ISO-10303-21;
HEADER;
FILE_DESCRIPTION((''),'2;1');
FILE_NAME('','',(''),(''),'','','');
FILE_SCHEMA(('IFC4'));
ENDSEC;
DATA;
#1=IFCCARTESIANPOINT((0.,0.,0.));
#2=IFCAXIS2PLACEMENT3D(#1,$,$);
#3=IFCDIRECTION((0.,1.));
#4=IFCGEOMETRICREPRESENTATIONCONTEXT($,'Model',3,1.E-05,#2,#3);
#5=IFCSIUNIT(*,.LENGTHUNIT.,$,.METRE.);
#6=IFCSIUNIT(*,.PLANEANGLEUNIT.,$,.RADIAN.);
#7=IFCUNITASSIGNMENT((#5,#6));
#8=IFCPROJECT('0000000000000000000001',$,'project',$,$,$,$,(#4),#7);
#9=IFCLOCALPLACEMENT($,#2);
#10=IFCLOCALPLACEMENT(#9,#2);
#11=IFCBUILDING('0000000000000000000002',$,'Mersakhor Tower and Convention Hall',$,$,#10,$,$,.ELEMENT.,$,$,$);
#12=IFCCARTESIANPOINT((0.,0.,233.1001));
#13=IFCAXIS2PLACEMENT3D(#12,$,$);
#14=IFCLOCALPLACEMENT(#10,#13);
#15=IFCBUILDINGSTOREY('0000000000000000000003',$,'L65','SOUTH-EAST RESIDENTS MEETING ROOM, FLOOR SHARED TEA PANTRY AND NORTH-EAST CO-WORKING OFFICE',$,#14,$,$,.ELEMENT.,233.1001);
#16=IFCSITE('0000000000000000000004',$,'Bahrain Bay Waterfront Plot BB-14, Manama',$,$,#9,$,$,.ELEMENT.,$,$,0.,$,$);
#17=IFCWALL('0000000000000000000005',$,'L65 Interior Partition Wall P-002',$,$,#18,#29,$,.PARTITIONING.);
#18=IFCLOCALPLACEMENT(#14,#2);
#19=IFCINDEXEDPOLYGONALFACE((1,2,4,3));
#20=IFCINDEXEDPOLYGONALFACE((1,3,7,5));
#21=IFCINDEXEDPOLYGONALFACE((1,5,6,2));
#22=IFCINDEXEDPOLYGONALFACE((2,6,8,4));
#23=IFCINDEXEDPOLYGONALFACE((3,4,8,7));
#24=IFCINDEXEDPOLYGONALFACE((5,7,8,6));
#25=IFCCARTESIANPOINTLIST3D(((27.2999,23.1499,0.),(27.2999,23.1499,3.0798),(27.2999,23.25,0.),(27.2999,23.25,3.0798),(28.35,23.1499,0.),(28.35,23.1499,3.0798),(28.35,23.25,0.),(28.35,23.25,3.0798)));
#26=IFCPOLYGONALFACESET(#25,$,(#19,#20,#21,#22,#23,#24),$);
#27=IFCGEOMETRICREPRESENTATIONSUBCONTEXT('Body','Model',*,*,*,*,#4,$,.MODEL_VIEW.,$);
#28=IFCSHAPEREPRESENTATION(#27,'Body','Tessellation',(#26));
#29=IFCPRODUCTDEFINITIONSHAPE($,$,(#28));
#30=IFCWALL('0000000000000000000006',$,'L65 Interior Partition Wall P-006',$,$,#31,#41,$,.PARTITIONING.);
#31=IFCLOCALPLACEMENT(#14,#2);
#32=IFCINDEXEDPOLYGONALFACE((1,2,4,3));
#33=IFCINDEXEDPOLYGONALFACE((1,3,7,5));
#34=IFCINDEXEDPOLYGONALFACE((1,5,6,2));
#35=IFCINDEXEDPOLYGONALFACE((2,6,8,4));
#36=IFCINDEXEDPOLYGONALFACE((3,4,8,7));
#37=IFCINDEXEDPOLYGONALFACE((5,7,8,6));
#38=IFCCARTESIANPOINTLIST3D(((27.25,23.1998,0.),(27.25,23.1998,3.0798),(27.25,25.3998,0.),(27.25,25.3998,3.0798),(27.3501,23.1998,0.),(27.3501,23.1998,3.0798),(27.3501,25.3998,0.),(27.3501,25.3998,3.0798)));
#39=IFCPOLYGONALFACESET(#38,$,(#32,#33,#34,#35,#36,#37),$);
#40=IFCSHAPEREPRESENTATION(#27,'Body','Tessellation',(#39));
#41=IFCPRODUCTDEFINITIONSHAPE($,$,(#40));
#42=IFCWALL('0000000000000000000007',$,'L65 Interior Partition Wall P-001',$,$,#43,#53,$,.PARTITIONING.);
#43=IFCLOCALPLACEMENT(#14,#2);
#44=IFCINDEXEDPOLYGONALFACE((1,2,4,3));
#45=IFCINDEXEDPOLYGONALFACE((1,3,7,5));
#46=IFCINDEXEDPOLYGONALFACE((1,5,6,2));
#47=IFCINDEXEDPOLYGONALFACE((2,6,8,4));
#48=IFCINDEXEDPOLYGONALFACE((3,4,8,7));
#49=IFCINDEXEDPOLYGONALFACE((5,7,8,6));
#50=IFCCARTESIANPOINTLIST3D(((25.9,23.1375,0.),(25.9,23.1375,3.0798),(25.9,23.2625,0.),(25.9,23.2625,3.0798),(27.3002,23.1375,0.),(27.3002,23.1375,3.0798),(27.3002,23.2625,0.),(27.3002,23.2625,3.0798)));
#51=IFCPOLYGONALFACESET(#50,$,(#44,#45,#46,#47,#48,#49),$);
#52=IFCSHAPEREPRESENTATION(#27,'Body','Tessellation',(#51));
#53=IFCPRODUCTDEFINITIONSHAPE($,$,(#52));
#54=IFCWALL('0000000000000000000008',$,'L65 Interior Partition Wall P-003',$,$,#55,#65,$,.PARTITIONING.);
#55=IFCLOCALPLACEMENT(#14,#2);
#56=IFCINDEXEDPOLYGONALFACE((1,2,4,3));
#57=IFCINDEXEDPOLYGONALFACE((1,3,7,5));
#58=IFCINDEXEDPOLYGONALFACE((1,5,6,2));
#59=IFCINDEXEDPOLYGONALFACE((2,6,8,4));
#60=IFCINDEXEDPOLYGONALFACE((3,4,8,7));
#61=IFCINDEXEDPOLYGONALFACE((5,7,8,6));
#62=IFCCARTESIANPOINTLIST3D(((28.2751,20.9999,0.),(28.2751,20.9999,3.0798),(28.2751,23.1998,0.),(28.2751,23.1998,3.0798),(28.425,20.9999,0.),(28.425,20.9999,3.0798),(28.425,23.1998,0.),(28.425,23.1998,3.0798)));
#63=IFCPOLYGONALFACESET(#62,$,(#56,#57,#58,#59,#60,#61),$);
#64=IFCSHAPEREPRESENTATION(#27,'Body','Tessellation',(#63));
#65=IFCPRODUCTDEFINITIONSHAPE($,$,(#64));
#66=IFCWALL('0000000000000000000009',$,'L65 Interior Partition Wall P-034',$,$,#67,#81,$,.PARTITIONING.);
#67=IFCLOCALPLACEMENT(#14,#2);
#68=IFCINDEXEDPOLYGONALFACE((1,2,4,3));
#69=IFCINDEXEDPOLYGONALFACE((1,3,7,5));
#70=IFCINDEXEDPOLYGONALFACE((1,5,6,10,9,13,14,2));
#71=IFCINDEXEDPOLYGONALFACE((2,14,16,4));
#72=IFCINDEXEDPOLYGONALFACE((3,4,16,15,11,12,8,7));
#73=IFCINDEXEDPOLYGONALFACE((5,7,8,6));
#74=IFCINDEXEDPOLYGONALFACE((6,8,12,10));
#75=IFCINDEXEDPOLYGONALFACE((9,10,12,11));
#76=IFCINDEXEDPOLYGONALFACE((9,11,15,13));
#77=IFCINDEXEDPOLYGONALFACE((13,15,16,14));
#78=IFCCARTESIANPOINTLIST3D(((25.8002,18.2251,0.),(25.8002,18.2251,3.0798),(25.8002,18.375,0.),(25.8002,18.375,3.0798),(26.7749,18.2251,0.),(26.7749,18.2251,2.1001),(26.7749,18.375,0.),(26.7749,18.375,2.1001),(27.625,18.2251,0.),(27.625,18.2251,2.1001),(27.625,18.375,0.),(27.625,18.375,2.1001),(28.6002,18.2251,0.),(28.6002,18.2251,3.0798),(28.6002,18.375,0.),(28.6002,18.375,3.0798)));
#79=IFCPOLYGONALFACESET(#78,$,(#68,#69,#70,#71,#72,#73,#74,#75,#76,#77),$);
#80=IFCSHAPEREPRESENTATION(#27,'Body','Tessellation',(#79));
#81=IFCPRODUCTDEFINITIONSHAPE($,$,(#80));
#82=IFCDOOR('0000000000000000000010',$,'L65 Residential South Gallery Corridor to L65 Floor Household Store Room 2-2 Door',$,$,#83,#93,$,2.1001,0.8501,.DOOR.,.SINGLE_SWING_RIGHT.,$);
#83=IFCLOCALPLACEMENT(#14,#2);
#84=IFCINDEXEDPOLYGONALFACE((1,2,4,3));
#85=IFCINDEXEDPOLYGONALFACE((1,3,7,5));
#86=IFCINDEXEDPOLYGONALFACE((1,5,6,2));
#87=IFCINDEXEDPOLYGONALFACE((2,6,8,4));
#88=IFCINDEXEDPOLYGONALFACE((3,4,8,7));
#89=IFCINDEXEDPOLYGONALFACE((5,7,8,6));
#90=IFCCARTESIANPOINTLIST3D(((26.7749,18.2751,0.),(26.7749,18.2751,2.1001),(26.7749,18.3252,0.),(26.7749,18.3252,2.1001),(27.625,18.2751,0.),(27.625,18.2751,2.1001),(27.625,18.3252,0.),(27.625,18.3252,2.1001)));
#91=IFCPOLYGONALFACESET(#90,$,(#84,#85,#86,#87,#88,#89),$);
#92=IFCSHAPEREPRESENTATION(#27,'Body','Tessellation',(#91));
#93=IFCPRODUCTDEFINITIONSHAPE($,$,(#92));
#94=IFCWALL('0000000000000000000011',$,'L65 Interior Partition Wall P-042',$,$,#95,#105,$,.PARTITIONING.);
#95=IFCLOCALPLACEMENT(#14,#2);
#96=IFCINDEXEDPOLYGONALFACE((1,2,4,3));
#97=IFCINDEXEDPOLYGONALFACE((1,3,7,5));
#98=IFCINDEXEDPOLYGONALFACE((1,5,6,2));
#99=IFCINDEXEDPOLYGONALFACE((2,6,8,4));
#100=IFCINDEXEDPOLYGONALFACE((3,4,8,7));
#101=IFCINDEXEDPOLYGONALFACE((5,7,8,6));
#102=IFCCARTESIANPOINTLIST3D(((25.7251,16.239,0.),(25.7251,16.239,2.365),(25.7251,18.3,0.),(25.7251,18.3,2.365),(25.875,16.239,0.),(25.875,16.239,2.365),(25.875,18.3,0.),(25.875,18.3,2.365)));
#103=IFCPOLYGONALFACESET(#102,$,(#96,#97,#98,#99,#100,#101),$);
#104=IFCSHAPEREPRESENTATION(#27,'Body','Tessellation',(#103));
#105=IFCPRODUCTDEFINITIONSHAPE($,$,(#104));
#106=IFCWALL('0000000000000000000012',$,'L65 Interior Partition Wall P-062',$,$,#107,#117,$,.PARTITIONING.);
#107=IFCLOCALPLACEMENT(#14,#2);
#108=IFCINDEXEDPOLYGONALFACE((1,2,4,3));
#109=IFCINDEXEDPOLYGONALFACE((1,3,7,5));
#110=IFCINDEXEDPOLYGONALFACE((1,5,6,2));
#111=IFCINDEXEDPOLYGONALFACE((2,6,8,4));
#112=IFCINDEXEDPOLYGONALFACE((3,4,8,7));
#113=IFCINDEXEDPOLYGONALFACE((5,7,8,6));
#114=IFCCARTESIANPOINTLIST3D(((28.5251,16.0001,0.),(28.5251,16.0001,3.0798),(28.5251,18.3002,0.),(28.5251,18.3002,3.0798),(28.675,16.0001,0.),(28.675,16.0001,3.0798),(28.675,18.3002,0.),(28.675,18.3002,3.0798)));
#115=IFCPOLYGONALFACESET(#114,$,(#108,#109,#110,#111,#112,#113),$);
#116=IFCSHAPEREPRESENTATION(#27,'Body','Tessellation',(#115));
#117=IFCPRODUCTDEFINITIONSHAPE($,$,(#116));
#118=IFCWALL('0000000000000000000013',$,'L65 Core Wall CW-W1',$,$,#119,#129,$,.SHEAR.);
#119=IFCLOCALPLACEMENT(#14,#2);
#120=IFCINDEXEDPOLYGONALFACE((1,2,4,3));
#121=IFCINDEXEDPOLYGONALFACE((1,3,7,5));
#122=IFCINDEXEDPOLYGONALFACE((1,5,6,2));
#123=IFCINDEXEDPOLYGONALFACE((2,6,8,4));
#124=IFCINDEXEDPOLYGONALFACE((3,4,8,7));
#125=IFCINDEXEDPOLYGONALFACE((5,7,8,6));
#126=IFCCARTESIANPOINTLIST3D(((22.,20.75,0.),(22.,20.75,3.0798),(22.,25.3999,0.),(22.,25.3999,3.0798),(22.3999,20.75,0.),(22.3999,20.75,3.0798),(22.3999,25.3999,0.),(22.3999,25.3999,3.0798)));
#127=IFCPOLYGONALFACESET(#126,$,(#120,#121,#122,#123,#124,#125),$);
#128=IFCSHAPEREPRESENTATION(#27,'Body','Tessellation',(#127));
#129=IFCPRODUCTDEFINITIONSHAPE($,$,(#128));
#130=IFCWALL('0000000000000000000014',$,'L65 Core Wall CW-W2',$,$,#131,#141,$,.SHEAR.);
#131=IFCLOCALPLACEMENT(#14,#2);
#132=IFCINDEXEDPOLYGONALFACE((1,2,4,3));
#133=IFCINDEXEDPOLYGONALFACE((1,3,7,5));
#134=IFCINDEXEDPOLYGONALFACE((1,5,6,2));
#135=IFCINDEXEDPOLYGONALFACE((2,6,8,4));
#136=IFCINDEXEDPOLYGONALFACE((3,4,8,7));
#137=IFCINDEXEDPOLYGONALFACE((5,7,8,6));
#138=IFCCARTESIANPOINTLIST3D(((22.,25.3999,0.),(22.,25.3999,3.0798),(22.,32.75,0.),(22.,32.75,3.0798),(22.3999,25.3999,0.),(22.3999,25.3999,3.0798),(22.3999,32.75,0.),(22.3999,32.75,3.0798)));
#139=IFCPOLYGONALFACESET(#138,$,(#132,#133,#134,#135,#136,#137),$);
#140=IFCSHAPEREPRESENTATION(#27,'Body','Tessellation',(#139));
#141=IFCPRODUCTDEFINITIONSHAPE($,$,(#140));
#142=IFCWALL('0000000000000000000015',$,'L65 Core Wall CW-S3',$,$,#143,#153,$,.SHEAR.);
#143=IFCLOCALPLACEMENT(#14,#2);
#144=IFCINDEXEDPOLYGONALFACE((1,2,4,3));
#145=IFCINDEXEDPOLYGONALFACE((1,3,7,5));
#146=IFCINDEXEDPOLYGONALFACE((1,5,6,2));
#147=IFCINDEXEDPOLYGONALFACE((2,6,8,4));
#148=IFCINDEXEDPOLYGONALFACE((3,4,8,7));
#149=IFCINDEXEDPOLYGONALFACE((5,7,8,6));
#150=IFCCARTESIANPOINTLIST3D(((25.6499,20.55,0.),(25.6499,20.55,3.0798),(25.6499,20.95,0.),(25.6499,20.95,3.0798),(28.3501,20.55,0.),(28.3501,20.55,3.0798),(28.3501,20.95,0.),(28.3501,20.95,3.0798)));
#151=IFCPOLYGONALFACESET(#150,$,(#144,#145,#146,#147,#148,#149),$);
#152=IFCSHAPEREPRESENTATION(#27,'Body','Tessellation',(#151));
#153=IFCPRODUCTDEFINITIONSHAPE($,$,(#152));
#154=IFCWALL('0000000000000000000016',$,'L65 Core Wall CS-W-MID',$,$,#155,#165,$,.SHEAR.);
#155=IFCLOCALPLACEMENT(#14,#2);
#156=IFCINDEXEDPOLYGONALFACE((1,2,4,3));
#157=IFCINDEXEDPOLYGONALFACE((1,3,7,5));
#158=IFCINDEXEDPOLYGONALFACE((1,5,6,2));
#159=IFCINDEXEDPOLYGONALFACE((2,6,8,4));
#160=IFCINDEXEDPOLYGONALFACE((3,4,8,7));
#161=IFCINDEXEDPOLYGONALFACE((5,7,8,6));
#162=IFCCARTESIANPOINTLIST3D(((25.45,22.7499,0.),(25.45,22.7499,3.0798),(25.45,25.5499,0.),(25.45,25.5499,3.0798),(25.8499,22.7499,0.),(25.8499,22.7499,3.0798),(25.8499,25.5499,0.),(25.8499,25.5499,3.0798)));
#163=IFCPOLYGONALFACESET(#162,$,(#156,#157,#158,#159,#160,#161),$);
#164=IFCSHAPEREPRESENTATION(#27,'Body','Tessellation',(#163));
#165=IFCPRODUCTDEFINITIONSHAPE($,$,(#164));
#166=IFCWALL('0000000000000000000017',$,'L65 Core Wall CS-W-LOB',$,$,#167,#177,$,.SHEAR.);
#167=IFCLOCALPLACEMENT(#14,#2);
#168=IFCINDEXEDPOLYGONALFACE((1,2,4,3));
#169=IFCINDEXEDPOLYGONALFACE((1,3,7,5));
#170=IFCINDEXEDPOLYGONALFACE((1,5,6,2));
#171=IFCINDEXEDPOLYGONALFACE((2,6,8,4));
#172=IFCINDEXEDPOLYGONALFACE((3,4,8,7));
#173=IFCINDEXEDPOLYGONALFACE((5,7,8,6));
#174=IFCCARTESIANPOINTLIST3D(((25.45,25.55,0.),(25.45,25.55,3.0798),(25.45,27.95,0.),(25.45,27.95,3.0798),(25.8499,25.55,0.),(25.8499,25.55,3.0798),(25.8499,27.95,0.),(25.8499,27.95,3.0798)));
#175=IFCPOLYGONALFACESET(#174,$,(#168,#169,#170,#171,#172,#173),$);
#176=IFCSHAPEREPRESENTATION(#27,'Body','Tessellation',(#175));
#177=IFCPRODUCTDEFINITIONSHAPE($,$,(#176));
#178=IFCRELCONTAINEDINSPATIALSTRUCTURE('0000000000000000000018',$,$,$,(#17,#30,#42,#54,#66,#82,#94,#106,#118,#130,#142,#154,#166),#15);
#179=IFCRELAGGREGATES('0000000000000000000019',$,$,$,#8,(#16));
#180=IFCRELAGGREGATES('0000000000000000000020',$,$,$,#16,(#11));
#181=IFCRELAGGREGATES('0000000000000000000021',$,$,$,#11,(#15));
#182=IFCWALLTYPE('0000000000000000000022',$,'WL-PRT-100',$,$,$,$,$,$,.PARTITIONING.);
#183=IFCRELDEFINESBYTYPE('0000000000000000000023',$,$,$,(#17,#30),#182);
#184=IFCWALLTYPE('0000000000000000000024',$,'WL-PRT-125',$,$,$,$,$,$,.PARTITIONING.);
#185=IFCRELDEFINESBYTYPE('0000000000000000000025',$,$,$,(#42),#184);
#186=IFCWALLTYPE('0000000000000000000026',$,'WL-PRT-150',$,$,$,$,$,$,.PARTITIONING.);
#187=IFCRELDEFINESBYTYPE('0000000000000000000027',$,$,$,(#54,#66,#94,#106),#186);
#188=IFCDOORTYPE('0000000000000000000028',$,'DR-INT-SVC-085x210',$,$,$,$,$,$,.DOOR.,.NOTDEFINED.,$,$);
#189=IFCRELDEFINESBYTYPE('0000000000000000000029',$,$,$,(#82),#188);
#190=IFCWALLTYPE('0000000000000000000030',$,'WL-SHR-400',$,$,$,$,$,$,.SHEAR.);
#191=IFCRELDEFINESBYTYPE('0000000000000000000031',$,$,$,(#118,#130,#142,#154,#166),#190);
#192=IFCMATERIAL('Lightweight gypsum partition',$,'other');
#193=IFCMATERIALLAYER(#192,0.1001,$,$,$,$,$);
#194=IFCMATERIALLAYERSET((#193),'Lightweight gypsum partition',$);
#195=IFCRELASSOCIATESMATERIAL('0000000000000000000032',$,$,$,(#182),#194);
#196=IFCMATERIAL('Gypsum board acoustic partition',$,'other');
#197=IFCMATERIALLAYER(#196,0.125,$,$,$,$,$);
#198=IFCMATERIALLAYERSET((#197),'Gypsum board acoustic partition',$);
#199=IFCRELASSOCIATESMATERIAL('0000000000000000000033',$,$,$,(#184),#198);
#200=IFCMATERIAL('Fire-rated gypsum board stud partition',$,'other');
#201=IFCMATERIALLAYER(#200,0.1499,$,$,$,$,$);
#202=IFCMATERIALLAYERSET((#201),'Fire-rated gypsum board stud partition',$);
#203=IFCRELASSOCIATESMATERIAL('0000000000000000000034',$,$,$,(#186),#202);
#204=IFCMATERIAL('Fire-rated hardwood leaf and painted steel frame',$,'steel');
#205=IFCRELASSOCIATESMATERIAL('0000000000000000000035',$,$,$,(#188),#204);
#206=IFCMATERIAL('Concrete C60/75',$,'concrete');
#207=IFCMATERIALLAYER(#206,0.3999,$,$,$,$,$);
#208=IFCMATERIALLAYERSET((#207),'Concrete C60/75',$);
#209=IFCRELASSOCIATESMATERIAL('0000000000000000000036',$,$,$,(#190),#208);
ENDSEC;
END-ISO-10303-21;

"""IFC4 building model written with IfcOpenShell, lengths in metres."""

from ifc_helpers import new_model, si_unit, direction, frame, frame_2d, origin, place, context, subcontext, project, spatial, rectangle, extrude, material, layer, layer_set, type_object, element, fill, save


model = new_model("IFC4")

# Units and contexts
model_context = context("Model", 3, precision=1e-05, world=origin(), true_north=direction((0.0, 1.0)))
body_context = subcontext(model_context, "Body", "Model", "MODEL_VIEW")
ifc_project = project(units=[si_unit("LENGTHUNIT", "METRE"), si_unit("PLANEANGLEUNIT", "RADIAN")], contexts=[model_context])

# Site, building, storey
site_placement = place(None, origin())
site = spatial("IfcSite", under=ifc_project, at=site_placement, Name="Bahrain Bay Waterfront Plot BB-14, Manama", CompositionType="ELEMENT", RefElevation=0.0)
building_placement = place(site_placement, origin())
building = spatial("IfcBuilding", under=site, at=building_placement, Name="Mersakhor Tower and Convention Hall", CompositionType="ELEMENT")
storey_placement = place(building_placement, frame((0.0, 0.0, 233.1001)))
storey = spatial("IfcBuildingStorey", under=building, at=storey_placement, Name="L65", Description="SOUTH-EAST RESIDENTS MEETING ROOM, FLOOR SHARED TEA PANTRY AND NORTH-EAST CO-WORKING OFFICE", CompositionType="ELEMENT", Elevation=233.1001)

# Walls
ifc_material_1 = material(Name="Lightweight gypsum partition", Category="other")
ifc_layer_1 = layer(ifc_material_1, 0.1001)
ifc_layer_set_1 = layer_set([ifc_layer_1], Name="Lightweight gypsum partition")
wall_type_1 = type_object("IfcWallType", Name="WL-PRT-100", PredefinedType="PARTITIONING", material=ifc_layer_set_1)
wall_1_placement = place(storey_placement, frame((27.3, 23.2, 0.0), z_axis=(0.0, 0.0, 1.0), x_axis=(1.0, 0.0, 0.0)))
element("IfcWall", 1, at=wall_1_placement, inside=storey, type_object=wall_type_1, Name="L65 Interior Partition Wall P-002", PredefinedType="PARTITIONING", context=body_context, shape_type="SweptSolid", body=[
    extrude(rectangle(XDim=1.05, YDim=0.1001, at=frame_2d((0.5249, 0.0))), origin(), (0.0, 0.0, 1.0), 3.0798),
])
wall_2_placement = place(storey_placement, frame((27.3, 25.3999, 0.0), z_axis=(0.0, 0.0, 1.0), x_axis=(0.0, -1.0, 0.0)))
element("IfcWall", 2, at=wall_2_placement, inside=storey, type_object=wall_type_1, Name="L65 Interior Partition Wall P-006", PredefinedType="PARTITIONING", context=body_context, shape_type="SweptSolid", body=[
    extrude(rectangle(XDim=2.2, YDim=0.1001, at=frame_2d((1.1001, 0.0))), origin(), (0.0, 0.0, 1.0), 3.0798),
])
ifc_material_2 = material(Name="Gypsum board acoustic partition", Category="other")
ifc_layer_2 = layer(ifc_material_2, 0.125)
ifc_layer_set_2 = layer_set([ifc_layer_2], Name="Gypsum board acoustic partition")
wall_type_2 = type_object("IfcWallType", Name="WL-PRT-125", PredefinedType="PARTITIONING", material=ifc_layer_set_2)
wall_3_placement = place(storey_placement, frame((25.8999, 23.2, 0.0), z_axis=(0.0, 0.0, 1.0), x_axis=(1.0, 0.0, 0.0)))
element("IfcWall", 3, at=wall_3_placement, inside=storey, type_object=wall_type_2, Name="L65 Interior Partition Wall P-001", PredefinedType="PARTITIONING", context=body_context, shape_type="SweptSolid", body=[
    extrude(rectangle(XDim=1.4001, YDim=0.125, at=frame_2d((0.7002, 0.0))), origin(), (0.0, 0.0, 1.0), 3.0798),
])
ifc_material_3 = material(Name="Fire-rated gypsum board stud partition", Category="other")
ifc_layer_3 = layer(ifc_material_3, 0.1499)
ifc_layer_set_3 = layer_set([ifc_layer_3], Name="Fire-rated gypsum board stud partition")
wall_type_3 = type_object("IfcWallType", Name="WL-PRT-150", PredefinedType="PARTITIONING", material=ifc_layer_set_3)
wall_4_placement = place(storey_placement, frame((28.3501, 23.2, 0.0), z_axis=(0.0, 0.0, 1.0), x_axis=(0.0, -1.0, 0.0)))
element("IfcWall", 4, at=wall_4_placement, inside=storey, type_object=wall_type_3, Name="L65 Interior Partition Wall P-003", PredefinedType="PARTITIONING", context=body_context, shape_type="SweptSolid", body=[
    extrude(rectangle(XDim=2.2, YDim=0.1499, at=frame_2d((1.1001, 0.0))), origin(), (0.0, 0.0, 1.0), 3.0798),
])

# Wall, opening, door
wall_5_placement = place(storey_placement, frame((28.6001, 18.3, 0.0), z_axis=(0.0, 0.0, 1.0), x_axis=(-1.0, 0.0, 0.0)))
wall_5 = element("IfcWall", 5, at=wall_5_placement, inside=storey, type_object=wall_type_3, Name="L65 Interior Partition Wall P-034", PredefinedType="PARTITIONING", context=body_context, shape_type="SweptSolid", body=[
    extrude(rectangle(XDim=2.8, YDim=0.1499, at=frame_2d((1.3999, 0.0))), origin(), (0.0, 0.0, 1.0), 3.0798),
])
opening_1_placement = place(wall_5_placement, frame((0.9751, 0.0, 0.0)))
opening_1 = element("IfcOpeningElement", 6, at=opening_1_placement, cuts=wall_5, PredefinedType="OPENING", context=body_context, shape_type="SweptSolid", body=[
    extrude(rectangle(XDim=0.8501, YDim=2.1001, at=frame_2d((0.425, 1.05))), frame((0.0, 0.085, 0.0), z_axis=(0.0, -1.0, 0.0), x_axis=(1.0, 0.0, 0.0)), (0.0, 0.0, 1.0), 0.1699),
])
ifc_material_4 = material(Name="Fire-rated hardwood leaf and painted steel frame", Category="steel")
door_type_1 = type_object("IfcDoorType", Name="DR-INT-SVC-085x210", OperationType="NOTDEFINED", PredefinedType="DOOR", material=ifc_material_4)
door_1_placement = place(opening_1_placement, origin())
door_1 = element("IfcDoor", 7, at=door_1_placement, inside=storey, type_object=door_type_1, Name="L65 Residential South Gallery Corridor to L65 Floor Household Store Room 2-2 Door", OperationType="SINGLE_SWING_RIGHT", OverallHeight=2.1001, OverallWidth=0.8501, PredefinedType="DOOR", context=body_context, shape_type="SweptSolid", body=[
    extrude(rectangle(XDim=0.8501, YDim=2.1001, at=frame_2d((0.425, 1.05))), frame((0.0, 0.0249, 0.0), z_axis=(0.0, -1.0, 0.0), x_axis=(1.0, 0.0, 0.0)), (0.0, 0.0, 1.0), 0.05),
])
fill(opening_1, door_1)

# Walls
wall_6_placement = place(storey_placement, frame((25.8, 18.3, 0.0), z_axis=(0.0, 0.0, 1.0), x_axis=(0.0, -1.0, 0.0)))
element("IfcWall", 8, at=wall_6_placement, inside=storey, type_object=wall_type_3, Name="L65 Interior Partition Wall P-042", PredefinedType="PARTITIONING", context=body_context, shape_type="SweptSolid", body=[
    extrude(rectangle(XDim=2.061, YDim=0.1499, at=frame_2d((1.0305, 0.0))), origin(), (0.0, 0.0, 1.0), 2.365),
])
wall_7_placement = place(storey_placement, frame((28.6001, 18.3, 0.0), z_axis=(0.0, 0.0, 1.0), x_axis=(0.0, -1.0, 0.0)))
element("IfcWall", 9, at=wall_7_placement, inside=storey, type_object=wall_type_3, Name="L65 Interior Partition Wall P-062", PredefinedType="PARTITIONING", context=body_context, shape_type="SweptSolid", body=[
    extrude(rectangle(XDim=2.3, YDim=0.1499, at=frame_2d((1.1499, 0.0))), origin(), (0.0, 0.0, 1.0), 3.0798),
])

# Walls
ifc_material_5 = material(Name="Concrete C60/75", Category="concrete")
ifc_layer_4 = layer(ifc_material_5, 0.3999)
ifc_layer_set_4 = layer_set([ifc_layer_4], Name="Concrete C60/75")
wall_type_4 = type_object("IfcWallType", Name="WL-SHR-400", PredefinedType="SHEAR", material=ifc_layer_set_4)
wall_8_placement = place(storey_placement, frame((22.2, 20.75, 0.0), z_axis=(0.0, 0.0, 1.0), x_axis=(0.0, 1.0, 0.0)))
element("IfcWall", 10, at=wall_8_placement, inside=storey, type_object=wall_type_4, Name="L65 Core Wall CW-W1", PredefinedType="SHEAR", context=body_context, shape_type="SweptSolid", body=[
    extrude(rectangle(XDim=4.6499, YDim=0.3999, at=frame_2d((2.325, 0.0))), origin(), (0.0, 0.0, 1.0), 3.0798),
])
wall_9_placement = place(storey_placement, frame((22.2, 25.3999, 0.0), z_axis=(0.0, 0.0, 1.0), x_axis=(0.0, 1.0, 0.0)))
element("IfcWall", 11, at=wall_9_placement, inside=storey, type_object=wall_type_4, Name="L65 Core Wall CW-W2", PredefinedType="SHEAR", context=body_context, shape_type="SweptSolid", body=[
    extrude(rectangle(XDim=7.3501, YDim=0.3999, at=frame_2d((3.675, 0.0))), origin(), (0.0, 0.0, 1.0), 3.0798),
])
wall_10_placement = place(storey_placement, frame((28.3501, 20.75, 0.0), z_axis=(0.0, 0.0, 1.0), x_axis=(-1.0, 0.0, 0.0)))
element("IfcWall", 12, at=wall_10_placement, inside=storey, type_object=wall_type_4, Name="L65 Core Wall CW-S3", PredefinedType="SHEAR", context=body_context, shape_type="SweptSolid", body=[
    extrude(rectangle(XDim=2.7002, YDim=0.3999, at=frame_2d((1.3501, 0.0))), origin(), (0.0, 0.0, 1.0), 3.0798),
])

# Walls
wall_11_placement = place(storey_placement, frame((25.6499, 22.75, 0.0), z_axis=(0.0, 0.0, 1.0), x_axis=(0.0, 1.0, 0.0)))
element("IfcWall", 13, at=wall_11_placement, inside=storey, type_object=wall_type_4, Name="L65 Core Wall CS-W-MID", PredefinedType="SHEAR", context=body_context, shape_type="SweptSolid", body=[
    extrude(rectangle(XDim=2.8, YDim=0.3999, at=frame_2d((1.3999, 0.0))), origin(), (0.0, 0.0, 1.0), 3.0798),
])
wall_12_placement = place(storey_placement, frame((25.6499, 25.55, 0.0), z_axis=(0.0, 0.0, 1.0), x_axis=(0.0, 1.0, 0.0)))
element("IfcWall", 14, at=wall_12_placement, inside=storey, type_object=wall_type_4, Name="L65 Core Wall CS-W-LOB", PredefinedType="SHEAR", context=body_context, shape_type="SweptSolid", body=[
    extrude(rectangle(XDim=2.3999, YDim=0.3999, at=frame_2d((1.2, 0.0))), origin(), (0.0, 0.0, 1.0), 3.0798),
])

save(model, "model.ifc")
